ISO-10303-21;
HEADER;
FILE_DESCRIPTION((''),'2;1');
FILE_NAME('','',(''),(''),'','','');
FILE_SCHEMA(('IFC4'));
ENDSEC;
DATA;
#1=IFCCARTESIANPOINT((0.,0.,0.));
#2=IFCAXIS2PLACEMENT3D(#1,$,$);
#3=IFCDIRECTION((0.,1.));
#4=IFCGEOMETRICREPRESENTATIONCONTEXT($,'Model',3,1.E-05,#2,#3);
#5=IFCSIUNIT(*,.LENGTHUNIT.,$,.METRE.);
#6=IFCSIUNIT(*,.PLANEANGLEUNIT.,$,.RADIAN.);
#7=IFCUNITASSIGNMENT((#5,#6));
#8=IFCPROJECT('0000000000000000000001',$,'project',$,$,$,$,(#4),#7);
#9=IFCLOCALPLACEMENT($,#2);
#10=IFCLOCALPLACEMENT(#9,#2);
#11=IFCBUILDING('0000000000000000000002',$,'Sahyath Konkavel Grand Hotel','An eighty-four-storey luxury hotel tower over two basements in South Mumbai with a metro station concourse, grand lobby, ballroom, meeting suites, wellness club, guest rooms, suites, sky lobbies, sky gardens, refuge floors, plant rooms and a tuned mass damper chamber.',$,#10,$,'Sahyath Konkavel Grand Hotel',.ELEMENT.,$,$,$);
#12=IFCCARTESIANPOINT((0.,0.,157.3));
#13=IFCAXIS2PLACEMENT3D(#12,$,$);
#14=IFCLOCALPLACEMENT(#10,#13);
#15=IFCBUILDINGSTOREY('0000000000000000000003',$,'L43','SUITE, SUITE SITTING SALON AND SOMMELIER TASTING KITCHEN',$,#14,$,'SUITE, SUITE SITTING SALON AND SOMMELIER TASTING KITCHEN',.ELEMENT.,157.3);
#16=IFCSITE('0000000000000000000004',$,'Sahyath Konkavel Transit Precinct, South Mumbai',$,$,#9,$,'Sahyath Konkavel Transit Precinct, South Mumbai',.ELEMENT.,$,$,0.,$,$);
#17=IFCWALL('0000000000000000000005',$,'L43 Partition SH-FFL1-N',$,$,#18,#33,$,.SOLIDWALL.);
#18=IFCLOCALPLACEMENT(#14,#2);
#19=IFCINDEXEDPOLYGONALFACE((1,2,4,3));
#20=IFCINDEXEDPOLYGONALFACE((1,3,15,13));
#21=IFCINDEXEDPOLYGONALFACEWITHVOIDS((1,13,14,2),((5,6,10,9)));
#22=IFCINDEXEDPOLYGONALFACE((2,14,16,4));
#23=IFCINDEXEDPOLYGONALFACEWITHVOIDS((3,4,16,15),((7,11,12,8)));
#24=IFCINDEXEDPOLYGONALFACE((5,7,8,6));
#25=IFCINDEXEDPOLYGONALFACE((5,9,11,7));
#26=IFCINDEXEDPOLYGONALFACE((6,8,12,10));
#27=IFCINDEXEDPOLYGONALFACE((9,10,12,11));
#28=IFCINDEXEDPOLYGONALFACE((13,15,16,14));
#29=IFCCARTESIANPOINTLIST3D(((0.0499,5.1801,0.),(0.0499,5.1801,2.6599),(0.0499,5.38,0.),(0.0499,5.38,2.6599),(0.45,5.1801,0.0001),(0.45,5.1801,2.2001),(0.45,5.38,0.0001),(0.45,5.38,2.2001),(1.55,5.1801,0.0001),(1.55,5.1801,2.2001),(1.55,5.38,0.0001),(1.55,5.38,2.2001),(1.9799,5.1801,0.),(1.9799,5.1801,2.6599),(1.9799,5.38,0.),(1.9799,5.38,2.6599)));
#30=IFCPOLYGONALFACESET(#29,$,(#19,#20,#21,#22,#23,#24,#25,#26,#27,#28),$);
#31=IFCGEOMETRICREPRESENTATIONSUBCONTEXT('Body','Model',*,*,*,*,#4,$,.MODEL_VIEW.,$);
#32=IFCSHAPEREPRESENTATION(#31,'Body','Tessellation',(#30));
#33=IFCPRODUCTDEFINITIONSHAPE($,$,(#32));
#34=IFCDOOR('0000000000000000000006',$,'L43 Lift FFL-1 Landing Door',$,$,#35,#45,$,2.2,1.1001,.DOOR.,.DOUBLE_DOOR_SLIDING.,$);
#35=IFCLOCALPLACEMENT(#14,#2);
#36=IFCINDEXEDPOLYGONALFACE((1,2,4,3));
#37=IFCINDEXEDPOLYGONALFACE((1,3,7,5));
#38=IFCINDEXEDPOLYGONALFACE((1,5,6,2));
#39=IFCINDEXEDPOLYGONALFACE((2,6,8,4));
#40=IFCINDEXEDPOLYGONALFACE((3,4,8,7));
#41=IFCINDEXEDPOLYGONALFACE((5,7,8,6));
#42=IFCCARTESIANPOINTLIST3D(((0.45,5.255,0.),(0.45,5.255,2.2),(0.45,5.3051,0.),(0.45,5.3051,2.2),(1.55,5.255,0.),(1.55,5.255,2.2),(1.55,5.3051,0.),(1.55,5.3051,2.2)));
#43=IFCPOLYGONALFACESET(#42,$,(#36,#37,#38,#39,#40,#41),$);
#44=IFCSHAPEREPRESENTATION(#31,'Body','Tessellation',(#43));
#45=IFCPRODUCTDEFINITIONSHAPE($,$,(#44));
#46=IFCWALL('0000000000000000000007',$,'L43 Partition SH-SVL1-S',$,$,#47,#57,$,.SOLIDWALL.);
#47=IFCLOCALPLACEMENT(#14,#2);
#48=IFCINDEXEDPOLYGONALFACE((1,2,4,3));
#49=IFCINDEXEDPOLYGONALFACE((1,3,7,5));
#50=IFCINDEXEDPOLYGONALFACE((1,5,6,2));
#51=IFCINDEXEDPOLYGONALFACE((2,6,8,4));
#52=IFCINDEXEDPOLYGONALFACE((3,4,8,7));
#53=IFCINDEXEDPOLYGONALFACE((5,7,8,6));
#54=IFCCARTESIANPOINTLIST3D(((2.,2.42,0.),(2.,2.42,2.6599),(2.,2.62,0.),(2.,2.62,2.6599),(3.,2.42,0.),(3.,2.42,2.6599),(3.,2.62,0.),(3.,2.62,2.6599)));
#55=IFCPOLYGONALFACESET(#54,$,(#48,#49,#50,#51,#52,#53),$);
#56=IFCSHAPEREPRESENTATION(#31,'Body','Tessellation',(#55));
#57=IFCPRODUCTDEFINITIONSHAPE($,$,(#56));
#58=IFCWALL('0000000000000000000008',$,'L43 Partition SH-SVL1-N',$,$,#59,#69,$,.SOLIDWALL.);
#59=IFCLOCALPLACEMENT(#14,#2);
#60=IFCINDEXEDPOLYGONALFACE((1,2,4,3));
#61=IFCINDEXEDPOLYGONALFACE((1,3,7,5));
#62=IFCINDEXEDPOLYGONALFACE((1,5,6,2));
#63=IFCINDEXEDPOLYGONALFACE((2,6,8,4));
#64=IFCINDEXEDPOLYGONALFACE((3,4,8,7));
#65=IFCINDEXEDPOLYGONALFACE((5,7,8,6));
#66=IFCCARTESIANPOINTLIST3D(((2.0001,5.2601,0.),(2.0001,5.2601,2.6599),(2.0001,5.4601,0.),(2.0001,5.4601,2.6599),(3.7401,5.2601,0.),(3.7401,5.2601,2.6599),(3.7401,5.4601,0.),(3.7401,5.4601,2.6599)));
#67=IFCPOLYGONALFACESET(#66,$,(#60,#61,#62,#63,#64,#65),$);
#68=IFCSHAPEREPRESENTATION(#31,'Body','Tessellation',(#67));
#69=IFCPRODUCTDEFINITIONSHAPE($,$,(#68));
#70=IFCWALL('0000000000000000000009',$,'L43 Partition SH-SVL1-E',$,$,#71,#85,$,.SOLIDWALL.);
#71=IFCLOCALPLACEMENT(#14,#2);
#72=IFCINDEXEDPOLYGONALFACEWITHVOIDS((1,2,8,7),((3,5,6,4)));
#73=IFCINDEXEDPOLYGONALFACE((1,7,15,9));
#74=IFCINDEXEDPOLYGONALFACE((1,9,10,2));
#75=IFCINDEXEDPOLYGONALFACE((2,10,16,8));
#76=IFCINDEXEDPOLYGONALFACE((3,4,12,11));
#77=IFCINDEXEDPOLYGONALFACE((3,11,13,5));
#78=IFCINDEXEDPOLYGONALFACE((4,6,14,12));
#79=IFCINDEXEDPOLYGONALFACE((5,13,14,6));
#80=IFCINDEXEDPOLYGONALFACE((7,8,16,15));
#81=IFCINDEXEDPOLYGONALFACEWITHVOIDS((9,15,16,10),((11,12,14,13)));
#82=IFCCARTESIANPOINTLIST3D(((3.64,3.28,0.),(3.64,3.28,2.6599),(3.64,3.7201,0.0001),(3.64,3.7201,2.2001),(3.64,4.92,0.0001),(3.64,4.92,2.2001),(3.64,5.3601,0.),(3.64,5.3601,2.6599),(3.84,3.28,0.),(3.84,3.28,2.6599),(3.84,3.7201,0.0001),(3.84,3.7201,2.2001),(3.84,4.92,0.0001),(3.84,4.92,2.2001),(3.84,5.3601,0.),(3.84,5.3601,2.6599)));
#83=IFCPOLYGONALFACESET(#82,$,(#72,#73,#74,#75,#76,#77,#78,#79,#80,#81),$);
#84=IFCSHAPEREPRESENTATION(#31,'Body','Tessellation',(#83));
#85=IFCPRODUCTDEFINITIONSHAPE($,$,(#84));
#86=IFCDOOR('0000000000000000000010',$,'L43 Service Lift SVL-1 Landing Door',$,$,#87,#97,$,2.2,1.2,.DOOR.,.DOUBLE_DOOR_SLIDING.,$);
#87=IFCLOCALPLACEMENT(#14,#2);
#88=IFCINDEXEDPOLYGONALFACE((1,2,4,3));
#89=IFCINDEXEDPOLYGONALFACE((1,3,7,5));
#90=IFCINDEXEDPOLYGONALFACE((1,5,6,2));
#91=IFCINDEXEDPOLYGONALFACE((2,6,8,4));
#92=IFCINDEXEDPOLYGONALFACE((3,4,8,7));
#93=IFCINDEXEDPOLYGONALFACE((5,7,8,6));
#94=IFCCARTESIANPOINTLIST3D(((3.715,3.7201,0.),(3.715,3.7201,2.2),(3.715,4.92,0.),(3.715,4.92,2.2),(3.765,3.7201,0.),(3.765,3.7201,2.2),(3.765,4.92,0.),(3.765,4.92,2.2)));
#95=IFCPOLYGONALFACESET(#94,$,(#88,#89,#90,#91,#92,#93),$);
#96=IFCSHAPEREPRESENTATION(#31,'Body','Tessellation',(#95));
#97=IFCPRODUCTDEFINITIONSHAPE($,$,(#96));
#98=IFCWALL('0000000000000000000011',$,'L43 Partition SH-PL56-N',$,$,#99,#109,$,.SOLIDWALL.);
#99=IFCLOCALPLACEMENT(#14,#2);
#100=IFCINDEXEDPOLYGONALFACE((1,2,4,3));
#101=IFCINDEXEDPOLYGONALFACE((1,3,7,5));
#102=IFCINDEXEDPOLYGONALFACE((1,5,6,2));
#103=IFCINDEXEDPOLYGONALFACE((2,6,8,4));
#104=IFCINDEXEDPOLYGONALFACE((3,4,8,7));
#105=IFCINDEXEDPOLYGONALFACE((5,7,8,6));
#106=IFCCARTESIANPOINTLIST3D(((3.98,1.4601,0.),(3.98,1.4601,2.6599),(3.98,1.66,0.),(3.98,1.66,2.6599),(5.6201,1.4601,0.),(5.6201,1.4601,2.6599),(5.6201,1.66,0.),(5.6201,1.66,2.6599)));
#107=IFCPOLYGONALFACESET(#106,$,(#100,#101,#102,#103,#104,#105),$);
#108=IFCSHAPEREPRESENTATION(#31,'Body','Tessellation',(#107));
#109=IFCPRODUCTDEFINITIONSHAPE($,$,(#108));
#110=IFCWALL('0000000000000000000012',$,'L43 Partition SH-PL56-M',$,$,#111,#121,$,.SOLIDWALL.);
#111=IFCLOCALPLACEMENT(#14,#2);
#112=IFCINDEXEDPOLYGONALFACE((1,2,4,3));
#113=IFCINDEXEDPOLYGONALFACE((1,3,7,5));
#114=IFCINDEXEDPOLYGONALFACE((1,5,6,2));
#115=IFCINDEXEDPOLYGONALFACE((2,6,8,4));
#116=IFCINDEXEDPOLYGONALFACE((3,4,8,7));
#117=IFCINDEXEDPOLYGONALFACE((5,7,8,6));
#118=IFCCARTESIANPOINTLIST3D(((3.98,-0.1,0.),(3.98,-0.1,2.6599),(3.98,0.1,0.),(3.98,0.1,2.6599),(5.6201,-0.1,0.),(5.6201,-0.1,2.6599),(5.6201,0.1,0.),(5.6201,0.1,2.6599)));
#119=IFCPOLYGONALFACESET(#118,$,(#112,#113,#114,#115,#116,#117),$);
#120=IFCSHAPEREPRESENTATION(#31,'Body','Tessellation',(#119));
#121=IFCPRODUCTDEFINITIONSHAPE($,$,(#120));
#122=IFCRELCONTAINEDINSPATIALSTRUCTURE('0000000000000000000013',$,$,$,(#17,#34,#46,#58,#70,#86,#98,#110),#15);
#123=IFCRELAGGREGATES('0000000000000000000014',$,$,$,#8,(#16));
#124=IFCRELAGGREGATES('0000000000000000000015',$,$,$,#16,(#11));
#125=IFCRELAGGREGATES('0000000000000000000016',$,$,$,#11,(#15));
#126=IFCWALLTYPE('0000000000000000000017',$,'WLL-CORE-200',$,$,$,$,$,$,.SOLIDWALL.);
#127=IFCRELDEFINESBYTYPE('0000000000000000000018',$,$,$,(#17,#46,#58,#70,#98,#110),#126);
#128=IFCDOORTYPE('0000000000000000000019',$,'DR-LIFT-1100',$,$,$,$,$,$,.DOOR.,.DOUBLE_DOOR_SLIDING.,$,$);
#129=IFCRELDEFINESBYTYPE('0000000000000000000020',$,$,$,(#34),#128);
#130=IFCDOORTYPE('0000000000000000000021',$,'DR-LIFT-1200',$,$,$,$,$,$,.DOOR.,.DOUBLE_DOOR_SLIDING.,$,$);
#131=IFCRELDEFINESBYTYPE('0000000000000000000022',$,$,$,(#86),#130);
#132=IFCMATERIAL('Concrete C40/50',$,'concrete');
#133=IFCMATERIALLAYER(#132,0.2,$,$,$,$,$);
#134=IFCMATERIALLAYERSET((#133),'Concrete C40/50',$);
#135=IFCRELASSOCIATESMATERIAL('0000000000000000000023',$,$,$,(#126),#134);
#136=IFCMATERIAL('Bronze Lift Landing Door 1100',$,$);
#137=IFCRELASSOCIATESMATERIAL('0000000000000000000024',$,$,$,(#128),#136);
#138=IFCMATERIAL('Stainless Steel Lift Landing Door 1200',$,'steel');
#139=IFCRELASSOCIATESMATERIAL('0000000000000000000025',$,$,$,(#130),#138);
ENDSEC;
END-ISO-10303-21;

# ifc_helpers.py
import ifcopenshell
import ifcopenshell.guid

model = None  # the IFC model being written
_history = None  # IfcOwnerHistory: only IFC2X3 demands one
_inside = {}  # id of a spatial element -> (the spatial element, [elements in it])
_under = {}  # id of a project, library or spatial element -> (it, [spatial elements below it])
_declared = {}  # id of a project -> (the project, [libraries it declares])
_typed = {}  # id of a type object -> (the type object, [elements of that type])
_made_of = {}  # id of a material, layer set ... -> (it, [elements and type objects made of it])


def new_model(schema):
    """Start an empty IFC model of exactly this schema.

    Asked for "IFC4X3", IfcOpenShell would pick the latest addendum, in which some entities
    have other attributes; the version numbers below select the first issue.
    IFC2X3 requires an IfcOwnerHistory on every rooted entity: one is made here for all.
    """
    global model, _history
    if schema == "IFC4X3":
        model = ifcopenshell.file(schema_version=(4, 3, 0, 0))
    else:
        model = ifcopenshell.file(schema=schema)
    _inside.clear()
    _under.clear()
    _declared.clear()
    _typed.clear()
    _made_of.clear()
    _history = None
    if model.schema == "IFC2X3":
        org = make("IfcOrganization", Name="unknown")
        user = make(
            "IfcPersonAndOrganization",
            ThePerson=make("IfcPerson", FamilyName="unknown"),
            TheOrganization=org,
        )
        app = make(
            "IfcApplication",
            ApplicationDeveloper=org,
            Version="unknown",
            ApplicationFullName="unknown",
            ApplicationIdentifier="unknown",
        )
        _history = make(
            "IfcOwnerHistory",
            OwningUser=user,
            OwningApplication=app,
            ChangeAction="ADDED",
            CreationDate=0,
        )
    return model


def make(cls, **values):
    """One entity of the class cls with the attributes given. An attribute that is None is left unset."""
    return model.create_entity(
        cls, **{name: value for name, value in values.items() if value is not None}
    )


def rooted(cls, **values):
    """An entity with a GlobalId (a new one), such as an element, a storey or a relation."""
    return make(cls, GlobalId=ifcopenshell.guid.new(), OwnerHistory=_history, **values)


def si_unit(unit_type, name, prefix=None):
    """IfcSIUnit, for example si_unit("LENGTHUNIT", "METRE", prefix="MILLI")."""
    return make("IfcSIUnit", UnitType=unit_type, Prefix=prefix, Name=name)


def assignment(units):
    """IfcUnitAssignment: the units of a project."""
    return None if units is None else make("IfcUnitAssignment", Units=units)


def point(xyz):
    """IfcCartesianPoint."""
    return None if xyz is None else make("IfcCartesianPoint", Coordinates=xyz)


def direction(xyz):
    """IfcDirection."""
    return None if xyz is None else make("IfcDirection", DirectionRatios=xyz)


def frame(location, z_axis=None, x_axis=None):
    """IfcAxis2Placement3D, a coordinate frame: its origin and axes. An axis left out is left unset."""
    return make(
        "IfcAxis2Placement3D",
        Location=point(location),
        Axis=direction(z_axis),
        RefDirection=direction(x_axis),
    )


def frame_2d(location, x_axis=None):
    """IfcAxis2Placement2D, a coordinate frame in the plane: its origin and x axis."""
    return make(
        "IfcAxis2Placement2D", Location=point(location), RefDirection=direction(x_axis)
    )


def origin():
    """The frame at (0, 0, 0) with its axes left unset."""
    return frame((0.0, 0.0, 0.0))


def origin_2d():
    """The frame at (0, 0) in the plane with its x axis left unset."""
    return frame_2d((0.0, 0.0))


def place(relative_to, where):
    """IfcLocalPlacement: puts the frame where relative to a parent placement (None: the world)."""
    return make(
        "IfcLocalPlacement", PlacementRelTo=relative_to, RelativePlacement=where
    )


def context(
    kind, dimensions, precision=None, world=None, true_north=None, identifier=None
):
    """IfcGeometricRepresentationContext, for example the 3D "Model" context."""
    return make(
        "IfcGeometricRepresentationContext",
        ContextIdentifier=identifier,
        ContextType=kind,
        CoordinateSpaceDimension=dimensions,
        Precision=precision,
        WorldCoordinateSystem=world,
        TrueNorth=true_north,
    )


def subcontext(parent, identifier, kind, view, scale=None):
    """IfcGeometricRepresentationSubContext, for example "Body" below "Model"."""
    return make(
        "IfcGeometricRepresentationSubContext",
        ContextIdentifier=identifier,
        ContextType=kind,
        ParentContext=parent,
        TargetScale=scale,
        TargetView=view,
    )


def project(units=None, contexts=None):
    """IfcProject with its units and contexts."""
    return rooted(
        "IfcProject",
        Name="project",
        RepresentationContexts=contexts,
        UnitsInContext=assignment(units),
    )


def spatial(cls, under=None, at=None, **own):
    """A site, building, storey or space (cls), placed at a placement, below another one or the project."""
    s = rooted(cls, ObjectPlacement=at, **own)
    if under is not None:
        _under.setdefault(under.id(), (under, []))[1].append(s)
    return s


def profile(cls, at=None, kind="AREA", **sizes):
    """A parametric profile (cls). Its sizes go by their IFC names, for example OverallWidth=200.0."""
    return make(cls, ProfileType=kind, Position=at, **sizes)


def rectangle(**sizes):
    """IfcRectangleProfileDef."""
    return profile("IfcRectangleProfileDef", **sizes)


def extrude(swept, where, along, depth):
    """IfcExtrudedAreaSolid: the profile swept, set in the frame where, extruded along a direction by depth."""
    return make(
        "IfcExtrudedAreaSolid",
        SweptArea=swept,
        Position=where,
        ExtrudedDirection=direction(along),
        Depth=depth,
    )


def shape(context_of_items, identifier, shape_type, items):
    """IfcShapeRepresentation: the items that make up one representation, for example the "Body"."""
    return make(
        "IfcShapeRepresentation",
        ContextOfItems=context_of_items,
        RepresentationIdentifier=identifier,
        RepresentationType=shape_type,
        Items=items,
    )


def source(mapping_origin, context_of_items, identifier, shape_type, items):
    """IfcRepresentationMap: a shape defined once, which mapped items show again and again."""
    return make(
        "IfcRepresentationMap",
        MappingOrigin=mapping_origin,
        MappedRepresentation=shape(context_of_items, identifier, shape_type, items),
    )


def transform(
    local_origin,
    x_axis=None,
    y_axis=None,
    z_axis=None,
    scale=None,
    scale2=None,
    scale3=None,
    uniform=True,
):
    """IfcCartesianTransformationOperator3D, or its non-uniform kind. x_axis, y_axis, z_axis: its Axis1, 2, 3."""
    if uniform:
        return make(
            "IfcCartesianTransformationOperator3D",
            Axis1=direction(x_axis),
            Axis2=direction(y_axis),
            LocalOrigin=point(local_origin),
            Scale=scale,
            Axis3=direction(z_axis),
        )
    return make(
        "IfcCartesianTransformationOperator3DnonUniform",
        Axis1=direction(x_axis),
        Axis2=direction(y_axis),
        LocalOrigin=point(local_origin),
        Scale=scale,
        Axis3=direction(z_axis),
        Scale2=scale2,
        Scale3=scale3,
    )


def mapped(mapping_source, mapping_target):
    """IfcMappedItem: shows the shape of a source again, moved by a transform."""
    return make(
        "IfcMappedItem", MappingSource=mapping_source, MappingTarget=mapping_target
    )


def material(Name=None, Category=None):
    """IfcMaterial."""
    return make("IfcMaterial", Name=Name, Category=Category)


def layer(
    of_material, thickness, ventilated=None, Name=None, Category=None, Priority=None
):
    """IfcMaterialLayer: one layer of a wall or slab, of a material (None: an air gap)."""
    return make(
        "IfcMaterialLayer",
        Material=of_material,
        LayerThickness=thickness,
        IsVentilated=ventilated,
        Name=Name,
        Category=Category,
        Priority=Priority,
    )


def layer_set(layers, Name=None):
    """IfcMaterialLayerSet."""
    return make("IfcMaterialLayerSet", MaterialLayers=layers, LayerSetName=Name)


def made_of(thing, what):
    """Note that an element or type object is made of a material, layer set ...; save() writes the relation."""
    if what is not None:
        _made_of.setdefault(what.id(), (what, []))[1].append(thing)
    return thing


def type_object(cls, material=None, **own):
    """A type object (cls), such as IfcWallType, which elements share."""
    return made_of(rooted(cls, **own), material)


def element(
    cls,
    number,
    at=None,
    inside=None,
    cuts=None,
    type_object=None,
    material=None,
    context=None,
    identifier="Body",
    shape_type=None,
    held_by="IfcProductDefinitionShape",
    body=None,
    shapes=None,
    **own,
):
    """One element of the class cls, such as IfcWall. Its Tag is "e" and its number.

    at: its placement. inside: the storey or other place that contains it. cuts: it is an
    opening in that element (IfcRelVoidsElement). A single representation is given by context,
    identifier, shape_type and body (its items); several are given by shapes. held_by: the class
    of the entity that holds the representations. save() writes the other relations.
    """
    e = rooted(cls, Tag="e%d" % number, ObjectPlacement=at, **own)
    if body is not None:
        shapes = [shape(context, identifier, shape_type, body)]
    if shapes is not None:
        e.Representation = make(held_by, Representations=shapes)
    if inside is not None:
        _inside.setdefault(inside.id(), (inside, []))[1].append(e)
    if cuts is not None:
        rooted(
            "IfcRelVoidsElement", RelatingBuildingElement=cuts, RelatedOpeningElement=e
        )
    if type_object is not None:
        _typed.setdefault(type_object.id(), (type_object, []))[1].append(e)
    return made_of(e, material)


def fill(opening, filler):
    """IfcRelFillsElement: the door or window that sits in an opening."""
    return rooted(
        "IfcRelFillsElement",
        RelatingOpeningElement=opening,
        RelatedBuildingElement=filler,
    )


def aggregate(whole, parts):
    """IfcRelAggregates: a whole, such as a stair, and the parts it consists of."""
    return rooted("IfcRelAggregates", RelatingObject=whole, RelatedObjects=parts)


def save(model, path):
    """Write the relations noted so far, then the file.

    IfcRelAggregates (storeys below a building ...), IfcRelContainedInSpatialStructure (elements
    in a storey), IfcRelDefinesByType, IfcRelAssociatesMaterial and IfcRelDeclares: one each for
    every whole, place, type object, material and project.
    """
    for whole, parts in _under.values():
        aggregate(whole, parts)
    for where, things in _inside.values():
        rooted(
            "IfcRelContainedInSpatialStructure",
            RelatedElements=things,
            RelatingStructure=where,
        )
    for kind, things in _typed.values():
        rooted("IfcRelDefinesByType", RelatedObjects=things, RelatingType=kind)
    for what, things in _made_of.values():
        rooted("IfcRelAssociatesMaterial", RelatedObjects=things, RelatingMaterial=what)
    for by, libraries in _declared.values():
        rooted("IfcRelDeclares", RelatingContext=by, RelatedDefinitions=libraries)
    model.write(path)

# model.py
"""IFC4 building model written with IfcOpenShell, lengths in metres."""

from ifc_helpers import new_model, si_unit, direction, frame, frame_2d, origin, origin_2d, place, context, subcontext, project, spatial, rectangle, extrude, source, transform, mapped, material, layer, layer_set, type_object, element, fill, save


model = new_model("IFC4")

# Units and contexts
model_context = context("Model", 3, precision=1e-05, world=origin(), true_north=direction((0.0, 1.0)))
body_context = subcontext(model_context, "Body", "Model", "MODEL_VIEW")
ifc_project = project(units=[si_unit("LENGTHUNIT", "METRE"), si_unit("PLANEANGLEUNIT", "RADIAN")], contexts=[model_context])

# Site, building, storey
site_placement = place(None, origin())
site = spatial("IfcSite", under=ifc_project, at=site_placement, Name="Sahyath Konkavel Transit Precinct, South Mumbai", LongName="Sahyath Konkavel Transit Precinct, South Mumbai", CompositionType="ELEMENT", RefElevation=0.0)
building_placement = place(site_placement, origin())
building = spatial("IfcBuilding", under=site, at=building_placement, Name="Sahyath Konkavel Grand Hotel", Description="An eighty-four-storey luxury hotel tower over two basements in South Mumbai with a metro station concourse, grand lobby, ballroom, meeting suites, wellness club, guest rooms, suites, sky lobbies, sky gardens, refuge floors, plant rooms and a tuned mass damper chamber.", LongName="Sahyath Konkavel Grand Hotel", CompositionType="ELEMENT")
storey_placement = place(building_placement, frame((0.0, 0.0, 157.3)))
storey = spatial("IfcBuildingStorey", under=building, at=storey_placement, Name="L43", Description="SUITE, SUITE SITTING SALON AND SOMMELIER TASTING KITCHEN", LongName="SUITE, SUITE SITTING SALON AND SOMMELIER TASTING KITCHEN", CompositionType="ELEMENT", Elevation=157.3)

# Shared definitions
ifc_material_1 = material(Name="Concrete C40/50", Category="concrete")

# Shared definitions
ifc_layer_1 = layer(ifc_material_1, 0.2)
ifc_layer_set_1 = layer_set([ifc_layer_1], Name="Concrete C40/50")
wall_type = type_object("IfcWallType", Name="WLL-CORE-200", PredefinedType="SOLIDWALL", material=ifc_layer_set_1)

# Wall, opening, door
wall_1_placement = place(storey_placement, frame((0.05, 5.28, 0.0), z_axis=(0.0, 0.0, 1.0), x_axis=(1.0, 0.0, 0.0)))
wall_1 = element("IfcWall", 1, at=wall_1_placement, inside=storey, type_object=wall_type, Name="L43 Partition SH-FFL1-N", PredefinedType="SOLIDWALL", context=body_context, shape_type="SweptSolid", body=[
    extrude(rectangle(XDim=1.9299, YDim=0.2, at=frame_2d((0.9648, 0.0))), origin(), (0.0, 0.0, 1.0), 2.6599),
])
opening_1_placement = place(wall_1_placement, frame((0.3999, 0.0, 0.0)))
opening_1 = element("IfcOpeningElement", 2, at=opening_1_placement, cuts=wall_1, PredefinedType="OPENING", context=body_context, shape_type="SweptSolid", body=[
    extrude(rectangle(XDim=1.1001, YDim=2.2, at=frame_2d((0.55, 1.1001))), frame((0.0, 0.1099, 0.0), z_axis=(0.0, -1.0, 0.0), x_axis=(1.0, 0.0, 0.0)), (0.0, 0.0, 1.0), 0.22),
])
ifc_material_2 = material(Name="Bronze Lift Landing Door 1100")
door_type_1 = type_object("IfcDoorType", Name="DR-LIFT-1100", OperationType="DOUBLE_DOOR_SLIDING", PredefinedType="DOOR", material=ifc_material_2)
shared_shape_1 = source(origin(), body_context, "Body", "SweptSolid", [
    extrude(rectangle(XDim=1.1001, YDim=0.05, at=origin_2d()), origin(), (0.0, 0.0, 1.0), 2.2),
])
door_1_placement = place(opening_1_placement, frame((0.55, 0.0, 0.0)))
door_1 = element("IfcDoor", 3, at=door_1_placement, inside=storey, type_object=door_type_1, Name="L43 Lift FFL-1 Landing Door", OperationType="DOUBLE_DOOR_SLIDING", OverallHeight=2.2, OverallWidth=1.1001, PredefinedType="DOOR", context=body_context, shape_type="MappedRepresentation", body=[
    mapped(shared_shape_1, transform((0.0, 0.0, 0.0), scale=1.0)),
])
fill(opening_1, door_1)

# Walls
wall_2_placement = place(storey_placement, frame((2.0, 2.52, 0.0), z_axis=(0.0, 0.0, 1.0), x_axis=(1.0, 0.0, 0.0)))
element("IfcWall", 4, at=wall_2_placement, inside=storey, type_object=wall_type, Name="L43 Partition SH-SVL1-S", PredefinedType="SOLIDWALL", context=body_context, shape_type="SweptSolid", body=[
    extrude(rectangle(XDim=1.0, YDim=0.2, at=frame_2d((0.5, 0.0))), origin(), (0.0, 0.0, 1.0), 2.6599),
])
wall_3_placement = place(storey_placement, frame((2.0, 5.3601, 0.0), z_axis=(0.0, 0.0, 1.0), x_axis=(1.0, 0.0, 0.0)))
element("IfcWall", 5, at=wall_3_placement, inside=storey, type_object=wall_type, Name="L43 Partition SH-SVL1-N", PredefinedType="SOLIDWALL", context=body_context, shape_type="SweptSolid", body=[
    extrude(rectangle(XDim=1.74, YDim=0.2, at=frame_2d((0.8701, 0.0))), origin(), (0.0, 0.0, 1.0), 2.6599),
])

# Wall, opening, door
wall_4_placement = place(storey_placement, frame((3.74, 3.28, 0.0), z_axis=(0.0, 0.0, 1.0), x_axis=(0.0, 1.0, 0.0)))
wall_4 = element("IfcWall", 6, at=wall_4_placement, inside=storey, type_object=wall_type, Name="L43 Partition SH-SVL1-E", PredefinedType="SOLIDWALL", context=body_context, shape_type="SweptSolid", body=[
    extrude(rectangle(XDim=2.0801, YDim=0.2, at=frame_2d((1.04, 0.0))), origin(), (0.0, 0.0, 1.0), 2.6599),
])
opening_2_placement = place(wall_4_placement, frame((0.4399, 0.0, 0.0)))
opening_2 = element("IfcOpeningElement", 7, at=opening_2_placement, cuts=wall_4, PredefinedType="OPENING", context=body_context, shape_type="SweptSolid", body=[
    extrude(rectangle(XDim=1.2, YDim=2.2, at=frame_2d((0.6001, 1.1001))), frame((0.0, 0.1099, 0.0), z_axis=(0.0, -1.0, 0.0), x_axis=(1.0, 0.0, 0.0)), (0.0, 0.0, 1.0), 0.22),
])
ifc_material_3 = material(Name="Stainless Steel Lift Landing Door 1200", Category="steel")
door_type_2 = type_object("IfcDoorType", Name="DR-LIFT-1200", OperationType="DOUBLE_DOOR_SLIDING", PredefinedType="DOOR", material=ifc_material_3)
shared_shape_2 = source(origin(), body_context, "Body", "SweptSolid", [
    extrude(rectangle(XDim=1.2, YDim=0.05, at=origin_2d()), origin(), (0.0, 0.0, 1.0), 2.2),
])
door_2_placement = place(opening_2_placement, frame((0.6001, 0.0, 0.0)))
door_2 = element("IfcDoor", 8, at=door_2_placement, inside=storey, type_object=door_type_2, Name="L43 Service Lift SVL-1 Landing Door", OperationType="DOUBLE_DOOR_SLIDING", OverallHeight=2.2, OverallWidth=1.2, PredefinedType="DOOR", context=body_context, shape_type="MappedRepresentation", body=[
    mapped(shared_shape_2, transform((0.0, 0.0, 0.0), scale=1.0)),
])
fill(opening_2, door_2)

# Walls
for number, where, z_axis, x_axis, name in (
    (9, (3.98, 1.5601, 0.0), (0.0, 0.0, 1.0), (1.0, 0.0, 0.0), "L43 Partition SH-PL56-N"),
    (10, (3.98, 0.0, 0.0), (0.0, 0.0, 1.0), (1.0, 0.0, 0.0), "L43 Partition SH-PL56-M"),
):
    element("IfcWall", number, at=place(storey_placement, frame(where, z_axis=z_axis, x_axis=x_axis)), inside=storey, type_object=wall_type, Name=name, PredefinedType="SOLIDWALL", context=body_context, shape_type="SweptSolid", body=[
        extrude(rectangle(XDim=1.6401, YDim=0.2, at=frame_2d((0.8201, 0.0))), origin(), (0.0, 0.0, 1.0), 2.6599),
    ])

save(model, "model.ifc")
